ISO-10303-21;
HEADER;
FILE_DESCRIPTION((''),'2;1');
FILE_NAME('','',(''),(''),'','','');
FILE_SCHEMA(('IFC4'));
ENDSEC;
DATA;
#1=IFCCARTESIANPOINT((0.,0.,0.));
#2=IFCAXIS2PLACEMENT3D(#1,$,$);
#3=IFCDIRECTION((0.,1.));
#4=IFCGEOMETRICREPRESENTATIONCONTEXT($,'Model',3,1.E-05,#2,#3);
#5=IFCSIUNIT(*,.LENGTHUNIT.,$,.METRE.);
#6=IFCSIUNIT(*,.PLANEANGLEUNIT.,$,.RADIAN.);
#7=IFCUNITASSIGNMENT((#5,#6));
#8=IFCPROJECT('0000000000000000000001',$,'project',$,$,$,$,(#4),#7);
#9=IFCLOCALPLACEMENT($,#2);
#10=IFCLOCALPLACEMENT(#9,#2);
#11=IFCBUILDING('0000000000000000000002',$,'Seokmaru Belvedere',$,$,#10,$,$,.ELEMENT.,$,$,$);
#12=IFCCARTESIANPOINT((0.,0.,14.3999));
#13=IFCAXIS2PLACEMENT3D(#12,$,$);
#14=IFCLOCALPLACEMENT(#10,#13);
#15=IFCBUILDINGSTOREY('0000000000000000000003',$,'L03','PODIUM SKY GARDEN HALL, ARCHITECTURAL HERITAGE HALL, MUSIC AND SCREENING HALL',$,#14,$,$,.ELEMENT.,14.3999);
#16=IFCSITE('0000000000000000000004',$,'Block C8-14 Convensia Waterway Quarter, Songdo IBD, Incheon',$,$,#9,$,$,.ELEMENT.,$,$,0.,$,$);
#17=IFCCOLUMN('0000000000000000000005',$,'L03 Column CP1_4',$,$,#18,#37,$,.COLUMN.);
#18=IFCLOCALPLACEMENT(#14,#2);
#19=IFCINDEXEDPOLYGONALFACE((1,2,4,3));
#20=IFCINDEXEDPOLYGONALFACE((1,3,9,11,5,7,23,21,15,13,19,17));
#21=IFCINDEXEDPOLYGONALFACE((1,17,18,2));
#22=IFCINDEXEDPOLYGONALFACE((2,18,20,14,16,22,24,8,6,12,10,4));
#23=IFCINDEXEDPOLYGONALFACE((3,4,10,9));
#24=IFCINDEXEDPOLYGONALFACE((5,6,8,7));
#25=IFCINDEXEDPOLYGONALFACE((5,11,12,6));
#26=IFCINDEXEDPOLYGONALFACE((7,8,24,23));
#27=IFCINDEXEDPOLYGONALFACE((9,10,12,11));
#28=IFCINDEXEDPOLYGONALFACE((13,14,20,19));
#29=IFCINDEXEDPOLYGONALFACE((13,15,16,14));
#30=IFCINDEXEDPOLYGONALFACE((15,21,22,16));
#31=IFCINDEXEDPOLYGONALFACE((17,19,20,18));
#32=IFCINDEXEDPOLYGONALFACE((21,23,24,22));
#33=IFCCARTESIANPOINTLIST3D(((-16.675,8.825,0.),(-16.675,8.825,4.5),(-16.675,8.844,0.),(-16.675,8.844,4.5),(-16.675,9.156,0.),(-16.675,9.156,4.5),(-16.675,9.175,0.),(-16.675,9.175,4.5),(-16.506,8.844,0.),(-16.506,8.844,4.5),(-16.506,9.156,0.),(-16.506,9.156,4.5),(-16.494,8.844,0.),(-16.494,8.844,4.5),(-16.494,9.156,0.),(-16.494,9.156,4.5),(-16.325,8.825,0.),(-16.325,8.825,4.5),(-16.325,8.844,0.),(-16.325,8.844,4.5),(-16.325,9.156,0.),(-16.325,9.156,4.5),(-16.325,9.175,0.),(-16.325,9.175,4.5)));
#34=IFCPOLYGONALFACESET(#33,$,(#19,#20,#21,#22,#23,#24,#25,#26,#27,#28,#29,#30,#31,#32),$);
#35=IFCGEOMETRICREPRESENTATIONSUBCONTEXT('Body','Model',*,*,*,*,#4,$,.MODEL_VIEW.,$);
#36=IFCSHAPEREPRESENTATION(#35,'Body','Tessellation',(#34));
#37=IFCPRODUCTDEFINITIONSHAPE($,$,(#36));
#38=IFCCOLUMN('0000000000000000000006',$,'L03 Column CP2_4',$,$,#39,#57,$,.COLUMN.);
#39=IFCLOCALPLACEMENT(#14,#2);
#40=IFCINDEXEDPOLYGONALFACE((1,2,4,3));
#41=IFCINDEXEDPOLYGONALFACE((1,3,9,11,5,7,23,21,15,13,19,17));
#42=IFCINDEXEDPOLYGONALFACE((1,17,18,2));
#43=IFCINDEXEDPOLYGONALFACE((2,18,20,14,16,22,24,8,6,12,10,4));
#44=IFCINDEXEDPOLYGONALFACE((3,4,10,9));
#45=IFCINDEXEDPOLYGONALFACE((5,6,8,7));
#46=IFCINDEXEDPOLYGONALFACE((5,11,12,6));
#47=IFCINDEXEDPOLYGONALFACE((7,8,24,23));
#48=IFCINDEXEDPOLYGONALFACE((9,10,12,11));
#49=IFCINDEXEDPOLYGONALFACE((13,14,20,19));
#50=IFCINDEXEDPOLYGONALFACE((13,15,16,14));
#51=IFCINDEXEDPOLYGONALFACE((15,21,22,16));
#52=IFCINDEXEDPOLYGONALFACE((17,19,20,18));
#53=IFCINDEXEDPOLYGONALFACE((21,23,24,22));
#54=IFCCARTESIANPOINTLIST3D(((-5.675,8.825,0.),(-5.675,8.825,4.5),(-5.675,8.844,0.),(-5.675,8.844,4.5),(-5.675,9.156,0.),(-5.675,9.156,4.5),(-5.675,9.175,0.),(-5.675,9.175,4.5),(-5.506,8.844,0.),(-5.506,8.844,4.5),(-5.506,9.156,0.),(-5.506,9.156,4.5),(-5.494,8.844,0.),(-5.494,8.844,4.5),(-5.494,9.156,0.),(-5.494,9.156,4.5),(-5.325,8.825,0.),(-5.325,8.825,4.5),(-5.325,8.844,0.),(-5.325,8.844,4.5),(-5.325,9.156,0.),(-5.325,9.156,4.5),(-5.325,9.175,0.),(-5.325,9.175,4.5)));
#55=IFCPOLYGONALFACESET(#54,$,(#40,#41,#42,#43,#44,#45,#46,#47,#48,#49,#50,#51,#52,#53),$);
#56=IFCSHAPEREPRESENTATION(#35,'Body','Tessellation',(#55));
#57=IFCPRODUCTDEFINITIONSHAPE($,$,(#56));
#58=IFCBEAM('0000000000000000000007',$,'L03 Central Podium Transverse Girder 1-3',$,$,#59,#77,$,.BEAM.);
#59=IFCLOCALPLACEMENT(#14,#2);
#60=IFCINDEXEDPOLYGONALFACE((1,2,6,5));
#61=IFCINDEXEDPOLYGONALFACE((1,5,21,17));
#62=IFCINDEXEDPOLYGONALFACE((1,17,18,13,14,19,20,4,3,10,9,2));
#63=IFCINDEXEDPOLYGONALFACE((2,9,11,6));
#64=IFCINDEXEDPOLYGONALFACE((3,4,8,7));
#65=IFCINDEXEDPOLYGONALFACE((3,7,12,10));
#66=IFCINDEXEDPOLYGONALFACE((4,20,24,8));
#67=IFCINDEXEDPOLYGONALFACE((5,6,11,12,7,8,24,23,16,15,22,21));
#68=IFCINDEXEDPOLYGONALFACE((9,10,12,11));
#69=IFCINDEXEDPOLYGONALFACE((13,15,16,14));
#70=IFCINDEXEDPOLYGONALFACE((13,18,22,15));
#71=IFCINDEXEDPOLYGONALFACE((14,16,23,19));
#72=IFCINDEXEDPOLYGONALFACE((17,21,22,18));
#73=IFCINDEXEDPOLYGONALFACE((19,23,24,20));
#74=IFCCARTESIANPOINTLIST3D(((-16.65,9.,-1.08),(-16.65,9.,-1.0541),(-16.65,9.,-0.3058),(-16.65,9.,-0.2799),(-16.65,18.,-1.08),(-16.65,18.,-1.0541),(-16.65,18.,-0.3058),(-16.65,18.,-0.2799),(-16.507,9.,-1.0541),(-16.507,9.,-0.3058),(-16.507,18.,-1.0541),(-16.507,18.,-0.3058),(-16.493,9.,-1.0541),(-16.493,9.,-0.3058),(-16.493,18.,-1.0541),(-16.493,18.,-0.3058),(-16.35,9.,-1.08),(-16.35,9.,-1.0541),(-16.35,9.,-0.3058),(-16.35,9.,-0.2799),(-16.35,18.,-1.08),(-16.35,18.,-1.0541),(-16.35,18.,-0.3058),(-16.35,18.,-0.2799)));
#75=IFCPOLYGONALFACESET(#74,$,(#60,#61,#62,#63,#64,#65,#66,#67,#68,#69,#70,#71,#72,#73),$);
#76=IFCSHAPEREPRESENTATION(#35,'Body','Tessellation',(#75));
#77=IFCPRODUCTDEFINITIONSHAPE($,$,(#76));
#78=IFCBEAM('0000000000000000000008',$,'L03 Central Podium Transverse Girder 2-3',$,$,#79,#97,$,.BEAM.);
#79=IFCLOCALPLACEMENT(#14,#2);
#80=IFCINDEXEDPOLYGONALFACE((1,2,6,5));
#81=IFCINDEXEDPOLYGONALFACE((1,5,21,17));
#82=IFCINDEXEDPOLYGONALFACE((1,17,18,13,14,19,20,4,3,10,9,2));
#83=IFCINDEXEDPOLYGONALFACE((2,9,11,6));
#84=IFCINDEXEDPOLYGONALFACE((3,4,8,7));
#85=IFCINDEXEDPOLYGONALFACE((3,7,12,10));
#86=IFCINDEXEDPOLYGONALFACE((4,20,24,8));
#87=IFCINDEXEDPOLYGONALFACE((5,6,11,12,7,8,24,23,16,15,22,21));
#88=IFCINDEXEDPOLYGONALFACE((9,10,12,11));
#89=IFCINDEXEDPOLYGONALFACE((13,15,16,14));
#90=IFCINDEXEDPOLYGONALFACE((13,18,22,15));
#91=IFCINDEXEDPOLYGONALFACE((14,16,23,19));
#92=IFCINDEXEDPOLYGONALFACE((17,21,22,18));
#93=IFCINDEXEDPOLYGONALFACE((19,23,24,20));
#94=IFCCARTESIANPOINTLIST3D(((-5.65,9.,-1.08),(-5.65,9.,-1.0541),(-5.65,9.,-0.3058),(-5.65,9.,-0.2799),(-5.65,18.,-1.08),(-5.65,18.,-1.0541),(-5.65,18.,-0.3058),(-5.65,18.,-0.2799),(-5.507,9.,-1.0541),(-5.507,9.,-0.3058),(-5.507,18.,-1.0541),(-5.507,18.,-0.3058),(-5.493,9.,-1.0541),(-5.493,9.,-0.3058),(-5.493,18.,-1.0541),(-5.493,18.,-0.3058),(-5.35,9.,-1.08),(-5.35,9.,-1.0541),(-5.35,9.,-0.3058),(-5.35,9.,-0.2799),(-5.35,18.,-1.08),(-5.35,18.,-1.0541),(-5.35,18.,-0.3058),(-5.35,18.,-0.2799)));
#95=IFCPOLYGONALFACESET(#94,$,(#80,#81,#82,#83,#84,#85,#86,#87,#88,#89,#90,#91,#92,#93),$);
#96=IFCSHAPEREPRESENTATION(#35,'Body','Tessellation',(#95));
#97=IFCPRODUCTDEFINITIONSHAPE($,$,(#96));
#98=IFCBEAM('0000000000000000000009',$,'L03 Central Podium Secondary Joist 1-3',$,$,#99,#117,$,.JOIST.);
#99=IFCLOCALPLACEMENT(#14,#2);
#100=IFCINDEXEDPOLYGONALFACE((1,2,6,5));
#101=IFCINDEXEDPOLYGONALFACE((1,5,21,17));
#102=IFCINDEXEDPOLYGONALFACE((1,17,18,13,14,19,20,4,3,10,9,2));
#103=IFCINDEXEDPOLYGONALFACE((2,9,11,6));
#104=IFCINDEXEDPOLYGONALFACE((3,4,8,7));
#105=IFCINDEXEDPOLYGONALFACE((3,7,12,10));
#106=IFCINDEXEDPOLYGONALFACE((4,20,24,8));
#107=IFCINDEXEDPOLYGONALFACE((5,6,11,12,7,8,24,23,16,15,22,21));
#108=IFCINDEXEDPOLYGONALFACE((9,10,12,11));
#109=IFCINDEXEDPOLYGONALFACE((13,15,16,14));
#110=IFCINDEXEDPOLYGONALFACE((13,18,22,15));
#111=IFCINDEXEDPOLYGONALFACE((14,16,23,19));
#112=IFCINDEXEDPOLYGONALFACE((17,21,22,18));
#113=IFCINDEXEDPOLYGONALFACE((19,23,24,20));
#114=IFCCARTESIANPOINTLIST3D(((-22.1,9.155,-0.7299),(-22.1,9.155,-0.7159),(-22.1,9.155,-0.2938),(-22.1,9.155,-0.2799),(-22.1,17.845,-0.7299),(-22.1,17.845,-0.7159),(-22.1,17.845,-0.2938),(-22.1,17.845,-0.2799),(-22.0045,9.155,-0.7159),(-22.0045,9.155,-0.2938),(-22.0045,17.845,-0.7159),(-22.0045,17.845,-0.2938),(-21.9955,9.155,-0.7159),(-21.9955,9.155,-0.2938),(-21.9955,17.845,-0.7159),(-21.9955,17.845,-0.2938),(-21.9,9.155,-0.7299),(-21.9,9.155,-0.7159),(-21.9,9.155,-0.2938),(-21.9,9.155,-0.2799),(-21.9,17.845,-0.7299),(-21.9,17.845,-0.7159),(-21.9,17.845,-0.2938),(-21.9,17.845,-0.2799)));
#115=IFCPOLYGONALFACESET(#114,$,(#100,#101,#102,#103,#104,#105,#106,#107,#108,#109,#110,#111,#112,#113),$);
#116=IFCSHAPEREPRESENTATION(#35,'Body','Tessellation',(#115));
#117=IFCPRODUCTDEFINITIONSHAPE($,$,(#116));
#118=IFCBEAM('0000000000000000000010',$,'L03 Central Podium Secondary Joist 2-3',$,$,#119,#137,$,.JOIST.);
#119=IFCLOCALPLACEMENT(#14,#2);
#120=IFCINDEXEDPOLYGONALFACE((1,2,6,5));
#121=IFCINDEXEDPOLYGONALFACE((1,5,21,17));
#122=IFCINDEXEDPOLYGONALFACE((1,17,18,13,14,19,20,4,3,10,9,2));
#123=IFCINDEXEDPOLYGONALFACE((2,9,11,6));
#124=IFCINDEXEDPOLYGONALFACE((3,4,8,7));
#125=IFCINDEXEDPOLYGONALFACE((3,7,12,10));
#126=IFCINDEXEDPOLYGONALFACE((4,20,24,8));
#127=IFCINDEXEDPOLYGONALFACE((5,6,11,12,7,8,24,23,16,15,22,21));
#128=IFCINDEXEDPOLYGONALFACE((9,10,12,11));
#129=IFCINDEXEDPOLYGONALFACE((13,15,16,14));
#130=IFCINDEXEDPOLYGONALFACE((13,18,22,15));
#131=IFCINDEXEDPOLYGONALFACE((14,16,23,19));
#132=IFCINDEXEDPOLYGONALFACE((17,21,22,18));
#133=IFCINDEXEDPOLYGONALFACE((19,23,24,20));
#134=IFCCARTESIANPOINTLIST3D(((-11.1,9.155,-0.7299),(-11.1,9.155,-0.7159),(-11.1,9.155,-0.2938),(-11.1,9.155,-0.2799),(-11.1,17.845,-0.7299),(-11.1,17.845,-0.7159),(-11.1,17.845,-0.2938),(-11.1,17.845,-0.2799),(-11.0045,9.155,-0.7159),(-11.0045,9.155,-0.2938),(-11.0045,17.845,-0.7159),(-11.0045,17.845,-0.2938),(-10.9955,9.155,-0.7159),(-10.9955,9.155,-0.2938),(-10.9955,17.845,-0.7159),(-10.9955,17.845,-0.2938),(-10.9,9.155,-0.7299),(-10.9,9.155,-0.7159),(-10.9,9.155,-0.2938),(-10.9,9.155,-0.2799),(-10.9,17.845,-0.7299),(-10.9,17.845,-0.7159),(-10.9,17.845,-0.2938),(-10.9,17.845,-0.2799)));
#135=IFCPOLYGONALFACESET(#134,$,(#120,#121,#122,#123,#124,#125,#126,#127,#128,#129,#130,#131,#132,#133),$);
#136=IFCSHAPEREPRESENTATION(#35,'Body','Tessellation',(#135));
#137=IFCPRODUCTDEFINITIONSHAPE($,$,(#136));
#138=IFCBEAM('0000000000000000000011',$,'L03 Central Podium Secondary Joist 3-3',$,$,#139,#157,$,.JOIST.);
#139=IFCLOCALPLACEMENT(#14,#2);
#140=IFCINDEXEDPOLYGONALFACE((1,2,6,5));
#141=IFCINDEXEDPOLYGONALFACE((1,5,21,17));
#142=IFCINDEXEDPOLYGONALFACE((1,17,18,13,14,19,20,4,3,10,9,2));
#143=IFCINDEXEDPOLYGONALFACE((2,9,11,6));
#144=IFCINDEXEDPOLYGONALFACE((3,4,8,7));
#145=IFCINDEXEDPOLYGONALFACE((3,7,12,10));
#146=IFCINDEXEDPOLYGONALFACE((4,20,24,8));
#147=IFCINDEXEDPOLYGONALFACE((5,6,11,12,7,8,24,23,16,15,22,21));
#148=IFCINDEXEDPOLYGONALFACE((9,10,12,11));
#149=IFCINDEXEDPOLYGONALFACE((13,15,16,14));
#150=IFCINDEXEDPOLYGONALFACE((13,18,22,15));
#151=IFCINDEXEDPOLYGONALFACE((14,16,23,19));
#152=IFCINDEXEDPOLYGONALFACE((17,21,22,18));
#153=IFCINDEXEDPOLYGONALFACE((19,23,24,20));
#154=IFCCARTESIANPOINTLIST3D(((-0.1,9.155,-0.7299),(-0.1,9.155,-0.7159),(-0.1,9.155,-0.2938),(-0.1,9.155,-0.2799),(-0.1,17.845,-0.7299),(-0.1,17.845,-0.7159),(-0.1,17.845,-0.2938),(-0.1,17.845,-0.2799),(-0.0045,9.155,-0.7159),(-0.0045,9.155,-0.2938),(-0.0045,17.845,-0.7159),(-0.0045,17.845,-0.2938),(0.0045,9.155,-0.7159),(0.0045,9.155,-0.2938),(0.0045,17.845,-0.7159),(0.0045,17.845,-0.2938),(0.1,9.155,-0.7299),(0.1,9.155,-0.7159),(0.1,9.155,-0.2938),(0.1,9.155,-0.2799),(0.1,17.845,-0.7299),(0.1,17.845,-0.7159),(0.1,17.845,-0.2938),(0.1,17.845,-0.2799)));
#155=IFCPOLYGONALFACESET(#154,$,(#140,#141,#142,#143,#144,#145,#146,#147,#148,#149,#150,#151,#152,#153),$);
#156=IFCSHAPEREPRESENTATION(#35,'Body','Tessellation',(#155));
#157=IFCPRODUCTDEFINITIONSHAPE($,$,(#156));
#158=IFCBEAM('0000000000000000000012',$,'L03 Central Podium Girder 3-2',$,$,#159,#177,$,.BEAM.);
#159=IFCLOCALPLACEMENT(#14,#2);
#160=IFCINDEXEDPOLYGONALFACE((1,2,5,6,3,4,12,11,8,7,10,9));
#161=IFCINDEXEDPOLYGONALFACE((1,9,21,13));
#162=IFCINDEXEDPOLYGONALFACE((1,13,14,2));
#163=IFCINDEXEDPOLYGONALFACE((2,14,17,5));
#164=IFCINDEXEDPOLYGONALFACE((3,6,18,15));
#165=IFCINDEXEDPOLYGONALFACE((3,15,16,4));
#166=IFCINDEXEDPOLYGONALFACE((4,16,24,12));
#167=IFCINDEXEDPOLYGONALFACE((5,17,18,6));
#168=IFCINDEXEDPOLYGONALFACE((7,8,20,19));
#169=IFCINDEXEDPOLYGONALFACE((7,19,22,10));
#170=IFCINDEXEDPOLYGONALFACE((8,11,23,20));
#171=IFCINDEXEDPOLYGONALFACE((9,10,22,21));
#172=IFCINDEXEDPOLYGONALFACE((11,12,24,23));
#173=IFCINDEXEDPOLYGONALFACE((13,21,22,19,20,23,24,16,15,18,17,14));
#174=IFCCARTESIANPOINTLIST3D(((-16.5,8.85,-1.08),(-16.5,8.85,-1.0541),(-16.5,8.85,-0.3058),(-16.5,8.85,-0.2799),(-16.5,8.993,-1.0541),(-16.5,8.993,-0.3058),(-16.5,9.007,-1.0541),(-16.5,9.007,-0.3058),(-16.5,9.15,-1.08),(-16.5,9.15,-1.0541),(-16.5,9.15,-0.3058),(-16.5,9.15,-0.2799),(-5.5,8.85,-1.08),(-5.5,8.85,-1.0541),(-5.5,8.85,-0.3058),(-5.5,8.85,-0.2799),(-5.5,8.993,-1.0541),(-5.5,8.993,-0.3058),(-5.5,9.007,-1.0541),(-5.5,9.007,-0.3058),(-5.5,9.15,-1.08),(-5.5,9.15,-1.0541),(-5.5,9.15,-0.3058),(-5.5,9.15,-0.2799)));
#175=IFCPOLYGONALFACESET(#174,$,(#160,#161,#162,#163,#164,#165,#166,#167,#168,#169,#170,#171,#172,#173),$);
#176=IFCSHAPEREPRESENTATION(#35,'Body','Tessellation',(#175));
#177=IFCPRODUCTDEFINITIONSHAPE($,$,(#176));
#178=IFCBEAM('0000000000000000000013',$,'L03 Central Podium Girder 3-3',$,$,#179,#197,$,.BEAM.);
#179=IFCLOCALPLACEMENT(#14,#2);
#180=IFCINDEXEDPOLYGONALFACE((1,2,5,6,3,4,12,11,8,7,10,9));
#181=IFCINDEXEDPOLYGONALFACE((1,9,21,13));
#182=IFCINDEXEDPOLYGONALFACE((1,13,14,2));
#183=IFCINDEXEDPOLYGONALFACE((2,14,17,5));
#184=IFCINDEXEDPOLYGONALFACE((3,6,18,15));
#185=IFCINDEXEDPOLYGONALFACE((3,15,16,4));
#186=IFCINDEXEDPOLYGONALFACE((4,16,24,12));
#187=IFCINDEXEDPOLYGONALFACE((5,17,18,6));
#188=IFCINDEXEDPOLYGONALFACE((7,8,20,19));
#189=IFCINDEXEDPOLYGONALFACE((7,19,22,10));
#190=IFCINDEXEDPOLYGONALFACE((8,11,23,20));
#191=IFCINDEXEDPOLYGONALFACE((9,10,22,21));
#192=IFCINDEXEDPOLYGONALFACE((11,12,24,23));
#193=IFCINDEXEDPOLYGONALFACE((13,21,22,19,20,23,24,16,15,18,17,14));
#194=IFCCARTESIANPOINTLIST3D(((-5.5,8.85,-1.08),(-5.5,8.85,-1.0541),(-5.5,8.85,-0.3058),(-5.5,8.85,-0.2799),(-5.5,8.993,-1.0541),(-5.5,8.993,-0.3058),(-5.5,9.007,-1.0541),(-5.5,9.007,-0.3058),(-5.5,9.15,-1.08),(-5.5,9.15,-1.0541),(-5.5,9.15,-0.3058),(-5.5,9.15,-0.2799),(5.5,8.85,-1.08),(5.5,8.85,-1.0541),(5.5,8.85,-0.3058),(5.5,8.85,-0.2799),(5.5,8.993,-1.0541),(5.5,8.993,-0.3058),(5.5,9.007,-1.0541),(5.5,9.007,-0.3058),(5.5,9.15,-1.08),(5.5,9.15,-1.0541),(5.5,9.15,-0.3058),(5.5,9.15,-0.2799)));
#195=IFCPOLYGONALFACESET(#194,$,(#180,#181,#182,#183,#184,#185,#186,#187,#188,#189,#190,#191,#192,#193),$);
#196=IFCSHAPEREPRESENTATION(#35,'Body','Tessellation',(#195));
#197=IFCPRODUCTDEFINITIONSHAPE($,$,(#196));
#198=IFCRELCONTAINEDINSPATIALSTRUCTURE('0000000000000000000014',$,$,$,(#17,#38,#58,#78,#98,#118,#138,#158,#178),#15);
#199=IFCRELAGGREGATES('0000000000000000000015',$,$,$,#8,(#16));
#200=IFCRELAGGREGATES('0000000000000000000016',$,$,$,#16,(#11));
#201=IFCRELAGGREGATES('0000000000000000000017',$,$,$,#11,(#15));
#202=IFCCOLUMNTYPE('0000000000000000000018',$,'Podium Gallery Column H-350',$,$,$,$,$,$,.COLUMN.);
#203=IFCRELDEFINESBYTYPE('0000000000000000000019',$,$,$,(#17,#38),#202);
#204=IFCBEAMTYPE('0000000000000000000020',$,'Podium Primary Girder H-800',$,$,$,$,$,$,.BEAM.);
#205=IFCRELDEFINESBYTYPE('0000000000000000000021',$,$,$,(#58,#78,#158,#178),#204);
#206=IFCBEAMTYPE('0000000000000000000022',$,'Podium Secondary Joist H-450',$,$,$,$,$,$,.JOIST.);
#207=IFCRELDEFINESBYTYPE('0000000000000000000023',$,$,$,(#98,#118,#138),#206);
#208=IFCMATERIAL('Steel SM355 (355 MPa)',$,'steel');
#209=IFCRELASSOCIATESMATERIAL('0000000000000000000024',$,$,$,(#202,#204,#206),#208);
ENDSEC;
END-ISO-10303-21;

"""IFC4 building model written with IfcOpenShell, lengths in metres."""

from ifc_helpers import new_model, si_unit, direction, frame, origin, origin_2d, place, context, subcontext, project, spatial, i_section, extrude, source, transform, mapped, material, material_profile, profile_set, type_object, type_shapes, element, save


model = new_model("IFC4")

# Units and contexts
model_context = context("Model", 3, precision=1e-05, world=origin(), true_north=direction((0.0, 1.0)))
body_context = subcontext(model_context, "Body", "Model", "MODEL_VIEW")
ifc_project = project(units=[si_unit("LENGTHUNIT", "METRE"), si_unit("PLANEANGLEUNIT", "RADIAN")], contexts=[model_context])

# Site, building, storey
site_placement = place(None, origin())
site = spatial("IfcSite", under=ifc_project, at=site_placement, Name="Block C8-14 Convensia Waterway Quarter, Songdo IBD, Incheon", CompositionType="ELEMENT", RefElevation=0.0)
building_placement = place(site_placement, origin())
building = spatial("IfcBuilding", under=site, at=building_placement, Name="Seokmaru Belvedere", CompositionType="ELEMENT")
storey_placement = place(building_placement, frame((0.0, 0.0, 14.3999)))
storey = spatial("IfcBuildingStorey", under=building, at=storey_placement, Name="L03", Description="PODIUM SKY GARDEN HALL, ARCHITECTURAL HERITAGE HALL, MUSIC AND SCREENING HALL", CompositionType="ELEMENT", Elevation=14.3999)

# Columns
ifc_material_1 = material(Name="Steel SM355 (355 MPa)", Category="steel")
ifc_material_profile_1 = material_profile(ifc_material_1, i_section(OverallWidth=0.3501, OverallDepth=0.3501, WebThickness=0.012, FlangeThickness=0.019, at=origin_2d()), Name="H-350x350x12x19")
ifc_profile_set_1 = profile_set([ifc_material_profile_1], Name="Steel SM355 (355 MPa)")
column_type = type_object("IfcColumnType", Name="Podium Gallery Column H-350", PredefinedType="COLUMN", material=ifc_profile_set_1)
shared_shape_1 = source(origin(), body_context, "Body", "SweptSolid", [
    extrude(i_section(OverallWidth=0.3501, OverallDepth=0.3501, WebThickness=0.012, FlangeThickness=0.019, at=origin_2d()), origin(), (0.0, 0.0, 1.0), 4.5),
])
type_shapes(column_type, [shared_shape_1])
for number, where, z_axis, x_axis, name in (
    (1, (-16.5, 9.0, 0.0), (0.0, 0.0, 1.0), (1.0, 0.0, 0.0), "L03 Column CP1_4"),
    (2, (-5.5, 9.0, 0.0), (0.0, 0.0, 1.0), (1.0, 0.0, 0.0), "L03 Column CP2_4"),
):
    element("IfcColumn", number, at=place(storey_placement, frame(where, z_axis=z_axis, x_axis=x_axis)), inside=storey, type_object=column_type, Name=name, PredefinedType="COLUMN", context=body_context, shape_type="MappedRepresentation", body=[
        mapped(shared_shape_1, transform((0.0, 0.0, 0.0), scale=1.0)),
    ])

# Beams
ifc_material_profile_2 = material_profile(ifc_material_1, i_section(OverallWidth=0.3, OverallDepth=0.8, WebThickness=0.0139, FlangeThickness=0.0259, at=origin_2d()), Name="H-800x300x14x26")
ifc_profile_set_2 = profile_set([ifc_material_profile_2], Name="Steel SM355 (355 MPa)")
beam_type_1 = type_object("IfcBeamType", Name="Podium Primary Girder H-800", PredefinedType="BEAM", material=ifc_profile_set_2)
shared_shape_2 = source(origin(), body_context, "Body", "SweptSolid", [
    extrude(i_section(OverallWidth=0.3, OverallDepth=0.8, WebThickness=0.0139, FlangeThickness=0.0259, at=origin_2d()), origin(), (0.0, 0.0, 1.0), 9.0),
])
for number, where, z_axis, x_axis, name in (
    (3, (-16.5, 9.0, -0.6799), (0.0, 1.0, 0.0), (-1.0, 0.0, 0.0), "L03 Central Podium Transverse Girder 1-3"),
    (4, (-5.5, 9.0, -0.6799), (0.0, 1.0, 0.0), (-1.0, 0.0, 0.0), "L03 Central Podium Transverse Girder 2-3"),
):
    element("IfcBeam", number, at=place(storey_placement, frame(where, z_axis=z_axis, x_axis=x_axis)), inside=storey, type_object=beam_type_1, Name=name, PredefinedType="BEAM", context=body_context, shape_type="MappedRepresentation", body=[
        mapped(shared_shape_2, transform((0.0, 0.0, 0.0), scale=1.0)),
    ])
ifc_material_profile_3 = material_profile(ifc_material_1, i_section(OverallWidth=0.2, OverallDepth=0.45, WebThickness=0.009, FlangeThickness=0.0139, at=origin_2d()), Name="H-450x200x9x14")
ifc_profile_set_3 = profile_set([ifc_material_profile_3], Name="Steel SM355 (355 MPa)")
beam_type_2 = type_object("IfcBeamType", Name="Podium Secondary Joist H-450", PredefinedType="JOIST", material=ifc_profile_set_3)
shared_shape_3 = source(origin(), body_context, "Body", "SweptSolid", [
    extrude(i_section(OverallWidth=0.2, OverallDepth=0.45, WebThickness=0.009, FlangeThickness=0.0139, at=origin_2d()), origin(), (0.0, 0.0, 1.0), 8.6899),
])
type_shapes(beam_type_2, [shared_shape_3])
for number, where, z_axis, x_axis, name in (
    (5, (-22.0, 9.155, -0.5049), (0.0, 1.0, 0.0), (-1.0, 0.0, 0.0), "L03 Central Podium Secondary Joist 1-3"),
    (6, (-11.0, 9.155, -0.5049), (0.0, 1.0, 0.0), (-1.0, 0.0, 0.0), "L03 Central Podium Secondary Joist 2-3"),
    (7, (0.0, 9.155, -0.5049), (0.0, 1.0, 0.0), (-1.0, 0.0, 0.0), "L03 Central Podium Secondary Joist 3-3"),
):
    element("IfcBeam", number, at=place(storey_placement, frame(where, z_axis=z_axis, x_axis=x_axis)), inside=storey, type_object=beam_type_2, Name=name, PredefinedType="JOIST", context=body_context, shape_type="MappedRepresentation", body=[
        mapped(shared_shape_3, transform((0.0, 0.0, 0.0), scale=1.0)),
    ])
shared_shape_4 = source(origin(), body_context, "Body", "SweptSolid", [
    extrude(i_section(OverallWidth=0.3, OverallDepth=0.8, WebThickness=0.0139, FlangeThickness=0.0259, at=origin_2d()), origin(), (0.0, 0.0, 1.0), 11.0),
])
type_shapes(beam_type_1, [shared_shape_2, shared_shape_4])
for number, where, z_axis, x_axis, name in (
    (8, (-16.5, 9.0, -0.6799), (1.0, 0.0, 0.0), (0.0, 1.0, 0.0), "L03 Central Podium Girder 3-2"),
    (9, (-5.5, 9.0, -0.6799), (1.0, 0.0, 0.0), (0.0, 1.0, 0.0), "L03 Central Podium Girder 3-3"),
):
    element("IfcBeam", number, at=place(storey_placement, frame(where, z_axis=z_axis, x_axis=x_axis)), inside=storey, type_object=beam_type_1, Name=name, PredefinedType="BEAM", context=body_context, shape_type="MappedRepresentation", body=[
        mapped(shared_shape_4, transform((0.0, 0.0, 0.0), scale=1.0)),
    ])

save(model, "model.ifc")
